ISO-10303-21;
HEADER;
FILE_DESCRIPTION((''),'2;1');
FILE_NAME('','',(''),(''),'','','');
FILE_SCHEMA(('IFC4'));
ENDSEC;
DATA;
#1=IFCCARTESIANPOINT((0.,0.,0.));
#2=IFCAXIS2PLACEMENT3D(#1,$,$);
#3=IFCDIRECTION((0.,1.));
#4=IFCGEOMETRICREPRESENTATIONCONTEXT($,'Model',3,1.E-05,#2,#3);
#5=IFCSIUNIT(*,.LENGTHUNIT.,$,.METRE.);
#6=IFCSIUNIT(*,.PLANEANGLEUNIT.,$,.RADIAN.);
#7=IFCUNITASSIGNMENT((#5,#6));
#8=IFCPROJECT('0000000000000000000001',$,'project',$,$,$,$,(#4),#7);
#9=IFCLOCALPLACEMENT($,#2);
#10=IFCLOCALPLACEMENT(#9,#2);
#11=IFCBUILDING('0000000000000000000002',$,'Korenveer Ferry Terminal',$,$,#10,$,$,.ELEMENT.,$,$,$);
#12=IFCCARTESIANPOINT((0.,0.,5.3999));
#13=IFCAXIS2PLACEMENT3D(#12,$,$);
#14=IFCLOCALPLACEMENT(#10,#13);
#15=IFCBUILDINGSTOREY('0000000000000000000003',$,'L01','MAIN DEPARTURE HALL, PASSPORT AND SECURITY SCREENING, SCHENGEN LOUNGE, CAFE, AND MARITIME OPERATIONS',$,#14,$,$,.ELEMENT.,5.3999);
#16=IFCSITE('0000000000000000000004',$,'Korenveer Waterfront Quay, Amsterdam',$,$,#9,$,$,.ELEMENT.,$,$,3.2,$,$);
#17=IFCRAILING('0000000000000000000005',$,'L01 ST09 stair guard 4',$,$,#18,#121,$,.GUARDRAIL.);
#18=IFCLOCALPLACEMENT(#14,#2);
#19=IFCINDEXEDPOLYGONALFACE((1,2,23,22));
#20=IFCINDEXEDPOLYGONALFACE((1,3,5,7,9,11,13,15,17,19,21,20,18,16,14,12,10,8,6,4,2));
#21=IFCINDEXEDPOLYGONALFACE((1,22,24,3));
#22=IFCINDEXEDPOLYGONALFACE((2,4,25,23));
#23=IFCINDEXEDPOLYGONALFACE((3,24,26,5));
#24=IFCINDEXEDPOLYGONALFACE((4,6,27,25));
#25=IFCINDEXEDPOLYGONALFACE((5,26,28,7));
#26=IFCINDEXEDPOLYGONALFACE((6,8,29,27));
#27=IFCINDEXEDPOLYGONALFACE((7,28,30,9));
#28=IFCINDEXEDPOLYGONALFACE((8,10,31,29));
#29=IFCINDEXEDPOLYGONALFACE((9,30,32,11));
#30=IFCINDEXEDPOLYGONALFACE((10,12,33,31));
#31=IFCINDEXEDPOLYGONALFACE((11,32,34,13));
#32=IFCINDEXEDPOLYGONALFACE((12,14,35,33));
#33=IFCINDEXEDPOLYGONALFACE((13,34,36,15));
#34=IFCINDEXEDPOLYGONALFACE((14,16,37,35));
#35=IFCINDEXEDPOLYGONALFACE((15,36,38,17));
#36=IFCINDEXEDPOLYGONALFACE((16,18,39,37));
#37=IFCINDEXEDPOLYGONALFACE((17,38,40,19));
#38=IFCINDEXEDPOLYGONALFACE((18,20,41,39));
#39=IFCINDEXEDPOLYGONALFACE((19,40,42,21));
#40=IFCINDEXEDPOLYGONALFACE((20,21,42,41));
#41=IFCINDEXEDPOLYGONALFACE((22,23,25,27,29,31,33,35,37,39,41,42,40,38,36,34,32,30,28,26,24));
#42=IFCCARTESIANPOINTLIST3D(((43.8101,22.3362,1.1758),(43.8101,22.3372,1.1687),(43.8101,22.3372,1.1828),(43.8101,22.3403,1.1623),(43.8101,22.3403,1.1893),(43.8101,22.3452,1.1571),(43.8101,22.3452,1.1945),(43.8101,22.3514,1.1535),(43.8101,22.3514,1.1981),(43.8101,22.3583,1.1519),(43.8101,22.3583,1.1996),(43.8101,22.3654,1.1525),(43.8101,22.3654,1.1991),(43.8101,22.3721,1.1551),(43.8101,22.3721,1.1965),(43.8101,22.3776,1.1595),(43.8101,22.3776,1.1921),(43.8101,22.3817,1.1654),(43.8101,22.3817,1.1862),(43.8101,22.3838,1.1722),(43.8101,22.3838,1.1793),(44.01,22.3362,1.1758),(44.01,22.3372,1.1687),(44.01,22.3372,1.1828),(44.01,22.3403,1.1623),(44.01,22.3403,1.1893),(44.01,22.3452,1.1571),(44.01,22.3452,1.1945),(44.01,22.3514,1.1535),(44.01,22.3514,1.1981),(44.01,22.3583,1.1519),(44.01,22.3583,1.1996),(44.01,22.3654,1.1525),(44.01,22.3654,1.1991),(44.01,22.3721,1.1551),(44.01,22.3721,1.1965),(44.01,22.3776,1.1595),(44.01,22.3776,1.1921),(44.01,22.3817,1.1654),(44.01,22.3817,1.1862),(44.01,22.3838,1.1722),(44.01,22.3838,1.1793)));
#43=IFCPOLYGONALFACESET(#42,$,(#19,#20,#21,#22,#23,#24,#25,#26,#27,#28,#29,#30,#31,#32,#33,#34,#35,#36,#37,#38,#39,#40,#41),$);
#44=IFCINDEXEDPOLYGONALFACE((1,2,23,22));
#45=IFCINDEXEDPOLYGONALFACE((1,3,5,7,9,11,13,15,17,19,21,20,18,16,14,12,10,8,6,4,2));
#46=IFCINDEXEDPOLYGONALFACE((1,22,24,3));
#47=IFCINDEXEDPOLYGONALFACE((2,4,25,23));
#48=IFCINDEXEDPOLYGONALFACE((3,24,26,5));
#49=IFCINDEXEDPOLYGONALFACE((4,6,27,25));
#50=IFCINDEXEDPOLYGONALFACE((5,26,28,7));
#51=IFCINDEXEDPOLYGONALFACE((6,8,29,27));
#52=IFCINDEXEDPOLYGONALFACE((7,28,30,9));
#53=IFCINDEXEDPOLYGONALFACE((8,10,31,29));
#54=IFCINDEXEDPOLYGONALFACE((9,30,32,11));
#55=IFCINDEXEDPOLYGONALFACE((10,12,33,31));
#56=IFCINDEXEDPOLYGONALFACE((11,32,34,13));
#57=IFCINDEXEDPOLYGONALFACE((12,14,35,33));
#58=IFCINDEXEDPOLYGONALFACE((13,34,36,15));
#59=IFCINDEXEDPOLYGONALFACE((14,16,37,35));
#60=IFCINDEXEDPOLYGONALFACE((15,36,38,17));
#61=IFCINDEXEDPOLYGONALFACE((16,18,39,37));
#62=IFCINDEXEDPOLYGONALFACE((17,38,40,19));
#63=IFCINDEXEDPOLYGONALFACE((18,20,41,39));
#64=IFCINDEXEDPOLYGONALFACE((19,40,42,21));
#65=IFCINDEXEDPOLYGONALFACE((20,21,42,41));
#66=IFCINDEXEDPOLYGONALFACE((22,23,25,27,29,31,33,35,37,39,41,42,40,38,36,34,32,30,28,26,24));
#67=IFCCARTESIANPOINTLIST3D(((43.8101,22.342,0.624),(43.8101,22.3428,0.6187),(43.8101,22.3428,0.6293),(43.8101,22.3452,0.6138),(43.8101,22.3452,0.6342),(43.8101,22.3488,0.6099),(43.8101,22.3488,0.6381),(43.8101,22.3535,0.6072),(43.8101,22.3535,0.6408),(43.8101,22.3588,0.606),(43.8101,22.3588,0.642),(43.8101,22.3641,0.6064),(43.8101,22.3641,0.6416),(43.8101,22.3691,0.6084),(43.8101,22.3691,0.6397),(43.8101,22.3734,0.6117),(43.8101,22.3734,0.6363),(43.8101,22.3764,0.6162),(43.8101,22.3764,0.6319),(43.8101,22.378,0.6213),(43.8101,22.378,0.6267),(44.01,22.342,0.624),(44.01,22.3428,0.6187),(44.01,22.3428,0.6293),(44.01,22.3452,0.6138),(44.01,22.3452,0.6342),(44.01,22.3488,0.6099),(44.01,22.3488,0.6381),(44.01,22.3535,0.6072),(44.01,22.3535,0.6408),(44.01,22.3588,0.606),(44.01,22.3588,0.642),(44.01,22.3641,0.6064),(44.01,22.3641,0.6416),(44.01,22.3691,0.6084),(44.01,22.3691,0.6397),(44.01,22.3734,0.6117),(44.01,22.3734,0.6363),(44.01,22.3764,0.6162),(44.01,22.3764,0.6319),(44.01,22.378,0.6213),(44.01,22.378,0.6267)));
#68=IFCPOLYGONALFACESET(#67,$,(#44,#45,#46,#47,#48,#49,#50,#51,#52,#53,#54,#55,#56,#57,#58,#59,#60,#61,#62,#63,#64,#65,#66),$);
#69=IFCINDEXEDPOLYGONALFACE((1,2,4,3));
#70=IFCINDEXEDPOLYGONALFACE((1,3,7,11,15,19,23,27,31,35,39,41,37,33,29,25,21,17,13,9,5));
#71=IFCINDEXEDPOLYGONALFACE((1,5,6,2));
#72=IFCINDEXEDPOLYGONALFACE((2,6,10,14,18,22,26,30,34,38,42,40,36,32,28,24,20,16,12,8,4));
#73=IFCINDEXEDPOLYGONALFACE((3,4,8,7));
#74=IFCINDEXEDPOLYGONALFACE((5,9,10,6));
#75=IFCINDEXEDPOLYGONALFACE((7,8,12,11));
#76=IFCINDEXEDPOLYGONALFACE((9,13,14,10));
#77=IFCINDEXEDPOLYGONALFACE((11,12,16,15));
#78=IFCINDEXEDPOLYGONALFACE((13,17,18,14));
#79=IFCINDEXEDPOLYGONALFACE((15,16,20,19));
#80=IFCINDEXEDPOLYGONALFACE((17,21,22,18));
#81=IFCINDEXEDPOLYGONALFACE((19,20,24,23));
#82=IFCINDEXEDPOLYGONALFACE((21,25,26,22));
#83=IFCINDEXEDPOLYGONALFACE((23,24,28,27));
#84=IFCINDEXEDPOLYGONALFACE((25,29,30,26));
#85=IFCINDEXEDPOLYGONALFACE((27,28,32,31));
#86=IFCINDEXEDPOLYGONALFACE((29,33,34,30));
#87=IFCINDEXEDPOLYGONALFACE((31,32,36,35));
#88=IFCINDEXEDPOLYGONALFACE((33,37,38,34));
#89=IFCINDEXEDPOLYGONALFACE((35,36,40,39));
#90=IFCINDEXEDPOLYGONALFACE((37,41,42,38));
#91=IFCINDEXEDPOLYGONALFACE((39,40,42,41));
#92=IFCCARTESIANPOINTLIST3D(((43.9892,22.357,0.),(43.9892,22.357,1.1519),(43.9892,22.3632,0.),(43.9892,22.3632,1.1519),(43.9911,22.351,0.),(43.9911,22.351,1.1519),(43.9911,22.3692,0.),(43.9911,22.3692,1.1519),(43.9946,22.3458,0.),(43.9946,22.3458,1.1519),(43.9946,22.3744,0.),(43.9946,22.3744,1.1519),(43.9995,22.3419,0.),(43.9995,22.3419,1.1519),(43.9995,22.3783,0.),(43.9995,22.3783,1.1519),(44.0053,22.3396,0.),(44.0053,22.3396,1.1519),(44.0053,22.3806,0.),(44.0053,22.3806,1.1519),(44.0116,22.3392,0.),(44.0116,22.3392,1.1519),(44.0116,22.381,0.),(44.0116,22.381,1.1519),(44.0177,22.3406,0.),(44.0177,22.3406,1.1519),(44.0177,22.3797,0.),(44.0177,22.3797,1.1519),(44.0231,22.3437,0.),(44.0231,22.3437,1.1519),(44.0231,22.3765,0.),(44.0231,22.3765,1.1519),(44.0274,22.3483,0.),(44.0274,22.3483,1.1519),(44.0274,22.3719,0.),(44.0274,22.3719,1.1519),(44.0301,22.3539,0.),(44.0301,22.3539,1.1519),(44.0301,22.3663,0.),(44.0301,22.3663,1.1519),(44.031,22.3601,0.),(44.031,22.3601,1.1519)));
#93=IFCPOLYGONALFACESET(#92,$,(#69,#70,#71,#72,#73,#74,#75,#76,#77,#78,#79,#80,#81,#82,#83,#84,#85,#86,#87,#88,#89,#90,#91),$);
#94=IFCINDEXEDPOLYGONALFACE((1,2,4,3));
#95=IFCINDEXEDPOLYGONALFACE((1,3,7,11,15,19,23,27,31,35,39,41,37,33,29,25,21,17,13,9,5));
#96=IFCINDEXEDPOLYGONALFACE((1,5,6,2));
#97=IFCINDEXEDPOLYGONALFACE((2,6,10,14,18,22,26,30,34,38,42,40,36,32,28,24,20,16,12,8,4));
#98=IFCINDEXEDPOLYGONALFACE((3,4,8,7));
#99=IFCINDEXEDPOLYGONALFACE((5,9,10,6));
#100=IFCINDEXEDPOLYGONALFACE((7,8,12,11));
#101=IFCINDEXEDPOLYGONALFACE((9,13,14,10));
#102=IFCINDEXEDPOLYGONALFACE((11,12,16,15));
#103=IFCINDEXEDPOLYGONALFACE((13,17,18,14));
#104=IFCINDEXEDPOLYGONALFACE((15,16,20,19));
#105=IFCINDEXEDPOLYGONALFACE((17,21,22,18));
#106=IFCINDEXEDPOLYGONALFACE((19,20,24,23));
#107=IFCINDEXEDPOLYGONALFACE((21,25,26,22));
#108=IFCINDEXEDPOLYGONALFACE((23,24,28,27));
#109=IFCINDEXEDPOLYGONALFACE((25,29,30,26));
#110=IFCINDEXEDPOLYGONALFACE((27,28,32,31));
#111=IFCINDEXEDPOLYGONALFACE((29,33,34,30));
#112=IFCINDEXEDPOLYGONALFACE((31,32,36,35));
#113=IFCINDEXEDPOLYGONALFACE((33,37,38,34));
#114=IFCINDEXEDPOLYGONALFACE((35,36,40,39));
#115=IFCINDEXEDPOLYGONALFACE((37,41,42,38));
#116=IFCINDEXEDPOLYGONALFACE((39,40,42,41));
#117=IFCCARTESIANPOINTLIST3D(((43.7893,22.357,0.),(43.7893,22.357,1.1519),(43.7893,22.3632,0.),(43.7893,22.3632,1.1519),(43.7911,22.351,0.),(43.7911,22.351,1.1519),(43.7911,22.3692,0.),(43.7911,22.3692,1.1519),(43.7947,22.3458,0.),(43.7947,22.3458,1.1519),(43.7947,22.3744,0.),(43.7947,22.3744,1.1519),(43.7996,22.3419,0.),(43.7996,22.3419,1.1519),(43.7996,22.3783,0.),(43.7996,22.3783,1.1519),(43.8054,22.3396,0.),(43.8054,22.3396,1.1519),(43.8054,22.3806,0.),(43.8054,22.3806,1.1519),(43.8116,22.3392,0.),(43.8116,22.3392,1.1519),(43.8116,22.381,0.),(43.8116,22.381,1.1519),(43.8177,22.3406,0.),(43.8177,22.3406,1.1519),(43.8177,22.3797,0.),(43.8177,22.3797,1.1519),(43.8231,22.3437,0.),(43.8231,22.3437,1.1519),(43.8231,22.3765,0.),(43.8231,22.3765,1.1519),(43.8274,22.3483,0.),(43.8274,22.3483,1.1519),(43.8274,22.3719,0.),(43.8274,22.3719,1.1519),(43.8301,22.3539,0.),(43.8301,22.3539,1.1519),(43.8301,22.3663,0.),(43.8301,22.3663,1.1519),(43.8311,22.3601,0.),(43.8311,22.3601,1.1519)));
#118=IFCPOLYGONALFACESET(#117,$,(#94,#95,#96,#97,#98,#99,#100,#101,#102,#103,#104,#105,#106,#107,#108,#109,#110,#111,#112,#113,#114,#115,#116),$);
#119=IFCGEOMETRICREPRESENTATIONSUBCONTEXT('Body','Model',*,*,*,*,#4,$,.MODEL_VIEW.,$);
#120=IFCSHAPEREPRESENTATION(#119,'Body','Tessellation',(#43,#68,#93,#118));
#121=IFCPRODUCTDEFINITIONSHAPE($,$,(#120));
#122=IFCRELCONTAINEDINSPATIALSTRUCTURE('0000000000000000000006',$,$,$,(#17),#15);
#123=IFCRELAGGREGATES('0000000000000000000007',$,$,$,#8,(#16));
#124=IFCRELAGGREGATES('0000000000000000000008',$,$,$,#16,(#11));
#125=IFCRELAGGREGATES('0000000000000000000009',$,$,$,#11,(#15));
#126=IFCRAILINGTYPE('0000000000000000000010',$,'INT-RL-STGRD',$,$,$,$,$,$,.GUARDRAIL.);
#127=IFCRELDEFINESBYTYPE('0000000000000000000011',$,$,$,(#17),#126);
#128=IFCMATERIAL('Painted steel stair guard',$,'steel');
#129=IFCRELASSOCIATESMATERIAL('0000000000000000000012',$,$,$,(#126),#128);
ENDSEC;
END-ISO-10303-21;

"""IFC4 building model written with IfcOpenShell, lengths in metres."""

from ifc_helpers import new_model, si_unit, direction, frame, origin, origin_2d, place, context, subcontext, project, spatial, circle, extrude, material, type_object, element, save


model = new_model("IFC4")

# Units and contexts
model_context = context("Model", 3, precision=1e-05, world=origin(), true_north=direction((0.0, 1.0)))
body_context = subcontext(model_context, "Body", "Model", "MODEL_VIEW")
ifc_project = project(units=[si_unit("LENGTHUNIT", "METRE"), si_unit("PLANEANGLEUNIT", "RADIAN")], contexts=[model_context])

# Site, building, storey
site_placement = place(None, origin())
site = spatial("IfcSite", under=ifc_project, at=site_placement, Name="Korenveer Waterfront Quay, Amsterdam", CompositionType="ELEMENT", RefElevation=3.2)
building_placement = place(site_placement, origin())
building = spatial("IfcBuilding", under=site, at=building_placement, Name="Korenveer Ferry Terminal", CompositionType="ELEMENT")
storey_placement = place(building_placement, frame((0.0, 0.0, 5.3999)))
storey = spatial("IfcBuildingStorey", under=building, at=storey_placement, Name="L01", Description="MAIN DEPARTURE HALL, PASSPORT AND SECURITY SCREENING, SCHENGEN LOUNGE, CAFE, AND MARITIME OPERATIONS", CompositionType="ELEMENT", Elevation=5.3999)

# Railing
ifc_material_1 = material(Name="Painted steel stair guard", Category="steel")
railing_type_1 = type_object("IfcRailingType", Name="INT-RL-STGRD", PredefinedType="GUARDRAIL", material=ifc_material_1)
railing_1_placement = place(storey_placement, frame((44.01, 22.3601, 0.0)))
element("IfcRailing", 1, at=railing_1_placement, inside=storey, type_object=railing_type_1, Name="L01 ST09 stair guard 4", PredefinedType="GUARDRAIL", context=body_context, shape_type="SweptSolid", body=[
    extrude(circle(Radius=0.0239, at=origin_2d()), frame((0.0, 0.0, 1.1758), z_axis=(-1.0, 0.0, 0.0), x_axis=(0.0, -1.0, 0.0)), (0.0, 0.0, 1.0), 0.2),
    extrude(circle(Radius=0.0181, at=origin_2d()), frame((0.0, 0.0, 0.624), z_axis=(-1.0, 0.0, 0.0), x_axis=(0.0, -1.0, 0.0)), (0.0, 0.0, 1.0), 0.2),
    extrude(circle(Radius=0.021, at=origin_2d()), origin(), (0.0, 0.0, 1.0), 1.1519),
    extrude(circle(Radius=0.021, at=origin_2d()), frame((-0.2, 0.0, 0.0)), (0.0, 0.0, 1.0), 1.1519),
])

save(model, "model.ifc")
